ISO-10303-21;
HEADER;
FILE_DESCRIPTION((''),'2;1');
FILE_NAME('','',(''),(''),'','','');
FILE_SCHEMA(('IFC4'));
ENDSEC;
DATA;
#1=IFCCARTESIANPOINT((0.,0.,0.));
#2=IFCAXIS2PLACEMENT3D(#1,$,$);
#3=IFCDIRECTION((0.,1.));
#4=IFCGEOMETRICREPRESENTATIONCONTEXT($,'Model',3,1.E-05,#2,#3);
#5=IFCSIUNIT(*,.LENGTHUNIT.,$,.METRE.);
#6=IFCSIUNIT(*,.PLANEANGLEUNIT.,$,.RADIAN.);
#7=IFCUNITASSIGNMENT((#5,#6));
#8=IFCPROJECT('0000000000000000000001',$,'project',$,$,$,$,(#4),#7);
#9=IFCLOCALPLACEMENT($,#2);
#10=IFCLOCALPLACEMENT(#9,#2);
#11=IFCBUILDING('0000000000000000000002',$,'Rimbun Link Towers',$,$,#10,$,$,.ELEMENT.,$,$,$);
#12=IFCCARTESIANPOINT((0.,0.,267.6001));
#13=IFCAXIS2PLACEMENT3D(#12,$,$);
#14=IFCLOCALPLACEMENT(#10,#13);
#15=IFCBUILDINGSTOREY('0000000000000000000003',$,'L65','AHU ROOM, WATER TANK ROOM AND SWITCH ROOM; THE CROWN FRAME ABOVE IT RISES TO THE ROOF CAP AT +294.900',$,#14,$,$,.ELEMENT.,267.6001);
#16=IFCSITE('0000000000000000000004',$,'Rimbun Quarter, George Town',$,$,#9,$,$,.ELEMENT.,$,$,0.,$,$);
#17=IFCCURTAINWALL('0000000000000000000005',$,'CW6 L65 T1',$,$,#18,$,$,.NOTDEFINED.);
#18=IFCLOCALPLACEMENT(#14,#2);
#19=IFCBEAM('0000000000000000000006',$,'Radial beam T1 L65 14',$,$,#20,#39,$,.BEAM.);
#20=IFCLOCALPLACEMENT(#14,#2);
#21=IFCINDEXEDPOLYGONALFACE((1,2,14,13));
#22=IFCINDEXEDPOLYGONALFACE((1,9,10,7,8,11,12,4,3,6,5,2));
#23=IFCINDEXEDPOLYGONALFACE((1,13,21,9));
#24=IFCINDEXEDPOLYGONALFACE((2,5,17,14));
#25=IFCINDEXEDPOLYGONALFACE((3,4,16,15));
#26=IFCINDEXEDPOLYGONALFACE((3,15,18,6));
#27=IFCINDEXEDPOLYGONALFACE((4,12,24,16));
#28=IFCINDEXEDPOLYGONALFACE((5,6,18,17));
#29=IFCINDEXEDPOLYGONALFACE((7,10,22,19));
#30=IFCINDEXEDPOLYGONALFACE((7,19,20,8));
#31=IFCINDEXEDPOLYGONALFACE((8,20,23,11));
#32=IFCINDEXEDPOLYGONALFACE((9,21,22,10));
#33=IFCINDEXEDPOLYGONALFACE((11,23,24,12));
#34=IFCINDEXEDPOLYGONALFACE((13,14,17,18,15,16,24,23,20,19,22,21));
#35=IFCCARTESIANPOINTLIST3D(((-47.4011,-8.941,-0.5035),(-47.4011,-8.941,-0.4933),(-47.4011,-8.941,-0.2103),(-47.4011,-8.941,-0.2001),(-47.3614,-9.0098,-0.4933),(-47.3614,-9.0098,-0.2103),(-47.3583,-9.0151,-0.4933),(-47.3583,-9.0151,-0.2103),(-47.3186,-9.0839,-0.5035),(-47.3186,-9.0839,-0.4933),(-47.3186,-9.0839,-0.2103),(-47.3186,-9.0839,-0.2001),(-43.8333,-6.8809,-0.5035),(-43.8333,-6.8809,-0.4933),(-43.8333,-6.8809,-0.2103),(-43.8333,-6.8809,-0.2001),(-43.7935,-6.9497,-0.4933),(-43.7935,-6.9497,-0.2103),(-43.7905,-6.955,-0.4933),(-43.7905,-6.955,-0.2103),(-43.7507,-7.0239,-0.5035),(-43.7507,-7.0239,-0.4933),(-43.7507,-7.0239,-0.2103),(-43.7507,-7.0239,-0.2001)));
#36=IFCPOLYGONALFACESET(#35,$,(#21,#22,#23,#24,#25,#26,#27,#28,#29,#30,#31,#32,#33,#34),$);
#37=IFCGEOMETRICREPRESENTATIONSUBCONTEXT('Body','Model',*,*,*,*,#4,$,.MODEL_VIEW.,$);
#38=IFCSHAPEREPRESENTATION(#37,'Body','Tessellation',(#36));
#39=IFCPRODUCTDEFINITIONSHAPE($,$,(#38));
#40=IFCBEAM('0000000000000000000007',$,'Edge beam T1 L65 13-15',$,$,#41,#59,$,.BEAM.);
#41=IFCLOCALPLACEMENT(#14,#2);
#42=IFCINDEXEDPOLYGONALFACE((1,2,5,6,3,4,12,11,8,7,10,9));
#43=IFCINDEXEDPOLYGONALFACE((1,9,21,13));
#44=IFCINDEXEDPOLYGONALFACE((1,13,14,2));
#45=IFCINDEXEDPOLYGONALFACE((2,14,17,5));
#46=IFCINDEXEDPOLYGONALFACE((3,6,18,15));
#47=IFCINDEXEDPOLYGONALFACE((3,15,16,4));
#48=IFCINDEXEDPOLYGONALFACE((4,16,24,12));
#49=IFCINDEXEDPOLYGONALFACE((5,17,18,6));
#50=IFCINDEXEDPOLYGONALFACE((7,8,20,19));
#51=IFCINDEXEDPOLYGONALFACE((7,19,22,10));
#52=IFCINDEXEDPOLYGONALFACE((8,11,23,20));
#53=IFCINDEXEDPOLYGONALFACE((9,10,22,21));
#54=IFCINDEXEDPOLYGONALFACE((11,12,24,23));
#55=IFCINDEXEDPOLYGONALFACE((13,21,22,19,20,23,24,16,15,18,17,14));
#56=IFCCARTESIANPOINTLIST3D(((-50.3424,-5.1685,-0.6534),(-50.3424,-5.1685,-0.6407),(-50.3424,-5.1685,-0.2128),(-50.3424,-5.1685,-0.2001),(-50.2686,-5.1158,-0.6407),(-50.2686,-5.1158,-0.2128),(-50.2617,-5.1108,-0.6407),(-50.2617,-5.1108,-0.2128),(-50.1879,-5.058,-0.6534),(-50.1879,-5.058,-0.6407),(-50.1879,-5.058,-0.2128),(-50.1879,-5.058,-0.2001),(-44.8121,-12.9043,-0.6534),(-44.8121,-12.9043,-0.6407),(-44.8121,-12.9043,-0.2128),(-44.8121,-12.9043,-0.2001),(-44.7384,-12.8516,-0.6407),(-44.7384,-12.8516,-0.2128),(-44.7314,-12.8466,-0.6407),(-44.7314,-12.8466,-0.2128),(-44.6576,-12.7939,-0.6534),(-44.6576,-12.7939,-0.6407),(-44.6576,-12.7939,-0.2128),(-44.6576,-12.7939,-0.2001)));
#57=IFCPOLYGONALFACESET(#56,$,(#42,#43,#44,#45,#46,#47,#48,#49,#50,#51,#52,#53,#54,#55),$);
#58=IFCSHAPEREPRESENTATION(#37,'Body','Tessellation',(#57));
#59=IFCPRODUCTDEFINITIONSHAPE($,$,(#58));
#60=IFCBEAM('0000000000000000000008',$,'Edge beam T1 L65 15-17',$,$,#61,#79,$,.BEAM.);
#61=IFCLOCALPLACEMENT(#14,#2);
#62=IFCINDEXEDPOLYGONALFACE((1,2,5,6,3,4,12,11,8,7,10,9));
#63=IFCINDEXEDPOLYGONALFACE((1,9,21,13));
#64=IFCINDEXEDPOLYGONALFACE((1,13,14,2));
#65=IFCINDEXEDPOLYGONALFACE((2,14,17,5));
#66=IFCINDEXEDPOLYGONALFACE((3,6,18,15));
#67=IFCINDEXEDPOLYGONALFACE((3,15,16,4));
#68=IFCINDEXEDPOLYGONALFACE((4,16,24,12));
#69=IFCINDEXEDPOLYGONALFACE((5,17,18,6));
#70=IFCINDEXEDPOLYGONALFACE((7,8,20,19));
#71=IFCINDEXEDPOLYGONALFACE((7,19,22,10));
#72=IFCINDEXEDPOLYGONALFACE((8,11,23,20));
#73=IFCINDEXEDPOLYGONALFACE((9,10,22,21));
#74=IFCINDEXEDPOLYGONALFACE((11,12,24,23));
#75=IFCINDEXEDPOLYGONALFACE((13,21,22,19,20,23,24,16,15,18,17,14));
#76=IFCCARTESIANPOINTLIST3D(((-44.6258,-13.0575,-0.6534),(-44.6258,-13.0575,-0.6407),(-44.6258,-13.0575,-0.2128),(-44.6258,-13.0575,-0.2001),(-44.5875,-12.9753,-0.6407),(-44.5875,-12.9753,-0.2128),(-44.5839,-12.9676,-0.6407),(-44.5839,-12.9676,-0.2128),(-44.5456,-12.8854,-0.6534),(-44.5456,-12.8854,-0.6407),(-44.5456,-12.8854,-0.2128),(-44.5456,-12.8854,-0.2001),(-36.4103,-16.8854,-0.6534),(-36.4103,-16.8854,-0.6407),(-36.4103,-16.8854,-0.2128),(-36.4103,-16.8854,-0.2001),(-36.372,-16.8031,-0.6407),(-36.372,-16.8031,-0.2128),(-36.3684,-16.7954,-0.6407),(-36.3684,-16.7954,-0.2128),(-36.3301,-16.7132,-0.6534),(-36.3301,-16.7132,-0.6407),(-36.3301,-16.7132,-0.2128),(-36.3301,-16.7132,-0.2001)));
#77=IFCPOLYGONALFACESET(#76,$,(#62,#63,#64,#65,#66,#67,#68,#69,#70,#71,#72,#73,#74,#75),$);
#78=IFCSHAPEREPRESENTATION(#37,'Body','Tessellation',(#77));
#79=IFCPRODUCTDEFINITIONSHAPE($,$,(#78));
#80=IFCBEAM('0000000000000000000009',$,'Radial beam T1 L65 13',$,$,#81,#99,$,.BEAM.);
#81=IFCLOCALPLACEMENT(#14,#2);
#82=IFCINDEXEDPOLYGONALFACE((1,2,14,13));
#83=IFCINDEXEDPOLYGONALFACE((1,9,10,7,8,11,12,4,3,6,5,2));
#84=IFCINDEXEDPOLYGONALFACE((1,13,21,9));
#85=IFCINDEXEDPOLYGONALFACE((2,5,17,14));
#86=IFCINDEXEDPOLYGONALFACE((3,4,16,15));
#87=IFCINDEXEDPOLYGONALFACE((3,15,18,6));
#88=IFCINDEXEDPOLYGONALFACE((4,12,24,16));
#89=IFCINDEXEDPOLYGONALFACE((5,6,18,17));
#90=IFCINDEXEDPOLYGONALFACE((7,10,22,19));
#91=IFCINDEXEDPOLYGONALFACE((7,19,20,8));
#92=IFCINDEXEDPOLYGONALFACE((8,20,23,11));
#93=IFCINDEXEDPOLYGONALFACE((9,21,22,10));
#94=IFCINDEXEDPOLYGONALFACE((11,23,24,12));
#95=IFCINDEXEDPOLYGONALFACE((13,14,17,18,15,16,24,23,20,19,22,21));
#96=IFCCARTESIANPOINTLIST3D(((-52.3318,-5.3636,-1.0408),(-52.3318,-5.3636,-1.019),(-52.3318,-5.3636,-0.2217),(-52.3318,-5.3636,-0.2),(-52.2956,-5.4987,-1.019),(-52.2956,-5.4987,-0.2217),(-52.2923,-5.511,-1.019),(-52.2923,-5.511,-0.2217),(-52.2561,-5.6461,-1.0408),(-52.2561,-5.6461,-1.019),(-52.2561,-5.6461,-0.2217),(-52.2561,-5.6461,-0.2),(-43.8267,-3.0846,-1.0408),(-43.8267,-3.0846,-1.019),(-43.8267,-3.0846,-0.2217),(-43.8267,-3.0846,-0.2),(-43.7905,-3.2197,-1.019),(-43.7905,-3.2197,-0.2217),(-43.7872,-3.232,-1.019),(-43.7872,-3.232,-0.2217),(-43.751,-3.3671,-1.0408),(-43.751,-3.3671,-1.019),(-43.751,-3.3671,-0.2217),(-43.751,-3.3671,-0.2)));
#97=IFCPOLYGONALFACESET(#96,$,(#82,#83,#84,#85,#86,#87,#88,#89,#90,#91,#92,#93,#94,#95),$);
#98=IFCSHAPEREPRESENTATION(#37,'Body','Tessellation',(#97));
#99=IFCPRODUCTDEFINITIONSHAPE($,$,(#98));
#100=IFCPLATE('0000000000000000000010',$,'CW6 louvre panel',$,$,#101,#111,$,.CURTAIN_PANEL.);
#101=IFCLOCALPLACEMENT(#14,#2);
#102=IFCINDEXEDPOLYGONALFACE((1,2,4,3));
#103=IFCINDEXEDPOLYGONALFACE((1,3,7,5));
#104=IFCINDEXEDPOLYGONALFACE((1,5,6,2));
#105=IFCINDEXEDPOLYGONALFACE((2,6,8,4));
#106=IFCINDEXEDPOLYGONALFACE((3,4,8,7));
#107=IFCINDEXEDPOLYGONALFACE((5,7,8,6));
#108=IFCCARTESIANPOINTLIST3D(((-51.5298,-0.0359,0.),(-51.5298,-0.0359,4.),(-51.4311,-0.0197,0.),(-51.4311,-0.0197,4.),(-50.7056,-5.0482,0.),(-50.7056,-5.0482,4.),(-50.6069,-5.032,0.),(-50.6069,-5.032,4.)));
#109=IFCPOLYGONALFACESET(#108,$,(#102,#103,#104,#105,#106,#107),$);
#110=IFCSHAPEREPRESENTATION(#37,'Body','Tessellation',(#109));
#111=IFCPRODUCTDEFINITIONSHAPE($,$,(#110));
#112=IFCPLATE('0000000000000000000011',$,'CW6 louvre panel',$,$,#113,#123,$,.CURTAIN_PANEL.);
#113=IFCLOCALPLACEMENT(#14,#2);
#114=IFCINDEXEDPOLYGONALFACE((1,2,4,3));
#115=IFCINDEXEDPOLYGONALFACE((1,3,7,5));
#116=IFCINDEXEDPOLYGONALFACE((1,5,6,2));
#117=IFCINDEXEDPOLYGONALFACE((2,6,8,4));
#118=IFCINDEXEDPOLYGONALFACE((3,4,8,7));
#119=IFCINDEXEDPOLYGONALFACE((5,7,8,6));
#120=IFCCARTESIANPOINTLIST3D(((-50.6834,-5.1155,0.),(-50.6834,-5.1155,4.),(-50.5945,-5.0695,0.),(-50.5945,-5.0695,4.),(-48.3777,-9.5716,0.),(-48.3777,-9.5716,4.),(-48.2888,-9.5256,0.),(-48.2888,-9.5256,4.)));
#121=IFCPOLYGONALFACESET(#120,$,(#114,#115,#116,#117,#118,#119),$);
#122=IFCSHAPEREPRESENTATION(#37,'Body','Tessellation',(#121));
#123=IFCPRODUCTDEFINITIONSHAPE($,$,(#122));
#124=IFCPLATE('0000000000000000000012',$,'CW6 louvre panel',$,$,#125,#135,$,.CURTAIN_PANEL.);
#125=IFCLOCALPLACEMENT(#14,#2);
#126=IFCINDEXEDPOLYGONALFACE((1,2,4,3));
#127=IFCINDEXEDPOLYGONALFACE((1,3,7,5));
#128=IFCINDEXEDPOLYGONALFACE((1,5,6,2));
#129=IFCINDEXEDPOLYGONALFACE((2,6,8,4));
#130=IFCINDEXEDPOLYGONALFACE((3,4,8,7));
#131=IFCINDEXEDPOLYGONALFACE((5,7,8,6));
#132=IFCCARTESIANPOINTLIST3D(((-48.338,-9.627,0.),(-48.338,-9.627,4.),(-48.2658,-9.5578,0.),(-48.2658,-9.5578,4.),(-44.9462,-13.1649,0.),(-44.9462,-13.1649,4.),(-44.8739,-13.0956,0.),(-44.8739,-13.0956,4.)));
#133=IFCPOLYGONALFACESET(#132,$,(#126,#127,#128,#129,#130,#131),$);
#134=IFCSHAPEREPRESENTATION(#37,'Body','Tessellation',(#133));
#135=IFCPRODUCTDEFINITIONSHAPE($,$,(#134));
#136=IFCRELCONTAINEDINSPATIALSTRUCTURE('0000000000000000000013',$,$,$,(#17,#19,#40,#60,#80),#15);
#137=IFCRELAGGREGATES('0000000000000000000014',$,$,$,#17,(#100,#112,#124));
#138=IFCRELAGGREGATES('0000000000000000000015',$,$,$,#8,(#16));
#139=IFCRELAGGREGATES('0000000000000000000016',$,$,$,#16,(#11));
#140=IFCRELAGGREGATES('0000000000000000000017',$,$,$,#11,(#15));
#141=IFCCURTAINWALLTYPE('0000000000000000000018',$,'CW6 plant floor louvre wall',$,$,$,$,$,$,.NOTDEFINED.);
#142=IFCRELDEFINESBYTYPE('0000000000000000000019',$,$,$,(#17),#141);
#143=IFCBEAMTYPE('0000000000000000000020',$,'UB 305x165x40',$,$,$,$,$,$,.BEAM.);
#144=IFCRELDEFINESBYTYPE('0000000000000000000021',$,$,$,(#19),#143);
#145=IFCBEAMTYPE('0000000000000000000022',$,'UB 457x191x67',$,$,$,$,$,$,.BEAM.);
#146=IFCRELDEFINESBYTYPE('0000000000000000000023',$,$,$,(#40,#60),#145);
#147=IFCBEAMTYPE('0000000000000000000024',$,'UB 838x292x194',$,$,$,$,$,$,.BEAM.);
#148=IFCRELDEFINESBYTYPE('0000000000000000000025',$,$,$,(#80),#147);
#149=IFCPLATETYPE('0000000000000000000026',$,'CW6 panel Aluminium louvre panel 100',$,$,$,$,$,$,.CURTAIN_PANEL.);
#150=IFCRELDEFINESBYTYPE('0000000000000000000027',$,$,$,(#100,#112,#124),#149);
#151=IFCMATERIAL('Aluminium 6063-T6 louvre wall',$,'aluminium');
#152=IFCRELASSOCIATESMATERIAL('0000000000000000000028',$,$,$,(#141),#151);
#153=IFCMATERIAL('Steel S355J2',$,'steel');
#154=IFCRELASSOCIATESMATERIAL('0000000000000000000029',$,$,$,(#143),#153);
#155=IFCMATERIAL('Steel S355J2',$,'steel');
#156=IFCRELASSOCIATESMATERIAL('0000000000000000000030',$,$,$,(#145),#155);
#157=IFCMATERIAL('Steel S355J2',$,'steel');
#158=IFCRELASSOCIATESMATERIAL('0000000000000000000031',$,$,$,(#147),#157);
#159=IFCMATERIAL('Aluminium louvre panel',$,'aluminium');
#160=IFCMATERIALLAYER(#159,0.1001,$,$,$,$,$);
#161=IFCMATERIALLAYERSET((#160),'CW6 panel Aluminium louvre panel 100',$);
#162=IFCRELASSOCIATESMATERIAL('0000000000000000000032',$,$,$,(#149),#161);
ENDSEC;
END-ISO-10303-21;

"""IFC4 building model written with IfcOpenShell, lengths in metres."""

from ifc_helpers import new_model, si_unit, direction, frame, origin, origin_2d, place, context, subcontext, project, spatial, rectangle, i_section, extrude, material, layer, layer_set, material_profile, profile_set, type_object, element, aggregate, save


model = new_model("IFC4")

# Units and contexts
model_context = context("Model", 3, precision=1e-05, world=origin(), true_north=direction((0.0, 1.0)))
body_context = subcontext(model_context, "Body", "Model", "MODEL_VIEW")
ifc_project = project(units=[si_unit("LENGTHUNIT", "METRE"), si_unit("PLANEANGLEUNIT", "RADIAN")], contexts=[model_context])

# Site, building, storey
site_placement = place(None, origin())
site = spatial("IfcSite", under=ifc_project, at=site_placement, Name="Rimbun Quarter, George Town", CompositionType="ELEMENT", RefElevation=0.0)
building_placement = place(site_placement, origin())
building = spatial("IfcBuilding", under=site, at=building_placement, Name="Rimbun Link Towers", CompositionType="ELEMENT")
storey_placement = place(building_placement, frame((0.0, 0.0, 267.6001)))
storey = spatial("IfcBuildingStorey", under=building, at=storey_placement, Name="L65", Description="AHU ROOM, WATER TANK ROOM AND SWITCH ROOM; THE CROWN FRAME ABOVE IT RISES TO THE ROOF CAP AT +294.900", CompositionType="ELEMENT", Elevation=267.6001)

# Curtain wall
ifc_material_1 = material(Name="Aluminium 6063-T6 louvre wall", Category="aluminium")
curtain_wall_type = type_object("IfcCurtainWallType", Name="CW6 plant floor louvre wall", PredefinedType="NOTDEFINED", material=ifc_material_1)
curtain_wall_placement = place(storey_placement, origin())
curtain_wall = element("IfcCurtainWall", 1, at=curtain_wall_placement, inside=storey, type_object=curtain_wall_type, Name="CW6 L65 T1", PredefinedType="NOTDEFINED")

# Beams
ifc_material_2 = material(Name="Steel S355J2", Category="steel")
ifc_material_profile_1 = material_profile(ifc_material_2, i_section(OverallWidth=0.165, OverallDepth=0.3035, WebThickness=0.0061, FlangeThickness=0.0103, at=origin_2d()), Name="UB 305x165x40")
ifc_profile_set_1 = profile_set([ifc_material_profile_1], Name="Steel S355J2")
beam_type_1 = type_object("IfcBeamType", Name="UB 305x165x40", PredefinedType="BEAM", material=ifc_profile_set_1)
beam_1_placement = place(storey_placement, frame((-43.792, -6.9524, -0.3518), z_axis=(-0.86601, -0.500027, 0.0), x_axis=(0.500027, -0.86601, 0.0)))
element("IfcBeam", 2, at=beam_1_placement, inside=storey, type_object=beam_type_1, Name="Radial beam T1 L65 14", PredefinedType="BEAM", context=body_context, shape_type="SweptSolid", body=[
    extrude(i_section(OverallWidth=0.165, OverallDepth=0.3035, WebThickness=0.0061, FlangeThickness=0.0103, at=origin_2d()), origin(), (0.0, 0.0, 1.0), 4.1199),
])
ifc_material_3 = material(Name="Steel S355J2", Category="steel")
ifc_material_profile_2 = material_profile(ifc_material_3, i_section(OverallWidth=0.1899, OverallDepth=0.4534, WebThickness=0.0085, FlangeThickness=0.0127, at=origin_2d()), Name="UB 457x191x67")
ifc_profile_set_2 = profile_set([ifc_material_profile_2], Name="Steel S355J2")
beam_type_2 = type_object("IfcBeamType", Name="UB 457x191x67", PredefinedType="BEAM", material=ifc_profile_set_2)
beam_2_placement = place(storey_placement, frame((-50.2651, -5.1133, -0.4268), z_axis=(0.581564, -0.813501, 0.0), x_axis=(0.813501, 0.581564, 0.0)))
element("IfcBeam", 3, at=beam_2_placement, inside=storey, type_object=beam_type_2, Name="Edge beam T1 L65 13-15", PredefinedType="BEAM", context=body_context, shape_type="SweptSolid", body=[
    extrude(i_section(OverallWidth=0.1899, OverallDepth=0.4534, WebThickness=0.0085, FlangeThickness=0.0127, at=origin_2d()), origin(), (0.0, 0.0, 1.0), 9.5093),
])
beam_3_placement = place(storey_placement, frame((-44.5857, -12.9714, -0.4268), z_axis=(0.906439, -0.422337, 0.0), x_axis=(0.422337, 0.906439, 0.0)))
element("IfcBeam", 4, at=beam_3_placement, inside=storey, type_object=beam_type_2, Name="Edge beam T1 L65 15-17", PredefinedType="BEAM", context=body_context, shape_type="SweptSolid", body=[
    extrude(i_section(OverallWidth=0.1899, OverallDepth=0.4534, WebThickness=0.0085, FlangeThickness=0.0127, at=origin_2d()), origin(), (0.0, 0.0, 1.0), 9.0635),
])
ifc_material_4 = material(Name="Steel S355J2", Category="steel")
ifc_material_profile_3 = material_profile(ifc_material_4, i_section(OverallWidth=0.2925, OverallDepth=0.8408, WebThickness=0.0127, FlangeThickness=0.0217, at=origin_2d()), Name="UB 838x292x194")
ifc_profile_set_3 = profile_set([ifc_material_profile_3], Name="Steel S355J2")
beam_type_3 = type_object("IfcBeamType", Name="UB 838x292x194", PredefinedType="BEAM", material=ifc_profile_set_3)
beam_4_placement = place(storey_placement, frame((-43.7888, -3.2258, -0.6204), z_axis=(-0.965923, -0.258831, 0.0), x_axis=(0.258831, -0.965923, 0.0)))
element("IfcBeam", 5, at=beam_4_placement, inside=storey, type_object=beam_type_3, Name="Radial beam T1 L65 13", PredefinedType="BEAM", context=body_context, shape_type="SweptSolid", body=[
    extrude(i_section(OverallWidth=0.2925, OverallDepth=0.8408, WebThickness=0.0127, FlangeThickness=0.0217, at=origin_2d()), origin(), (0.0, 0.0, 1.0), 8.8052),
])

# Plates
ifc_material_5 = material(Name="Aluminium louvre panel", Category="aluminium")
ifc_layer_1 = layer(ifc_material_5, 0.1001)
ifc_layer_set_1 = layer_set([ifc_layer_1], Name="CW6 panel Aluminium louvre panel 100")
plate_type = type_object("IfcPlateType", Name="CW6 panel Aluminium louvre panel 100", PredefinedType="CURTAIN_PANEL", material=ifc_layer_set_1)
plate_1_placement = place(storey_placement, frame((-51.0684, -2.5339, 0.0), z_axis=(0.0, 0.0, 1.0), x_axis=(-0.162257, 0.986748, 0.0)))
plate_1 = element("IfcPlate", 6, at=plate_1_placement, type_object=plate_type, Name="CW6 louvre panel", PredefinedType="CURTAIN_PANEL", context=body_context, shape_type="SweptSolid", body=[
    extrude(rectangle(XDim=5.0796, YDim=0.1001, at=origin_2d()), origin(), (0.0, 0.0, 1.0), 4.0),
])
plate_2_placement = place(storey_placement, frame((-49.4861, -7.3206, 0.0), z_axis=(0.0, 0.0, 1.0), x_axis=(-0.459557, 0.888148, 0.0)))
plate_2 = element("IfcPlate", 7, at=plate_2_placement, type_object=plate_type, Name="CW6 louvre panel", PredefinedType="CURTAIN_PANEL", context=body_context, shape_type="SweptSolid", body=[
    extrude(rectangle(XDim=5.0173, YDim=0.1001, at=origin_2d()), origin(), (0.0, 0.0, 1.0), 4.0),
])
plate_3_placement = place(storey_placement, frame((-46.606, -11.3613, 0.0), z_axis=(0.0, 0.0, 1.0), x_axis=(-0.692054, 0.721845, 0.0)))
plate_3 = element("IfcPlate", 8, at=plate_3_placement, type_object=plate_type, Name="CW6 louvre panel", PredefinedType="CURTAIN_PANEL", context=body_context, shape_type="SweptSolid", body=[
    extrude(rectangle(XDim=4.9011, YDim=0.1001, at=origin_2d()), origin(), (0.0, 0.0, 1.0), 4.0),
])
aggregate(curtain_wall, [plate_1, plate_2, plate_3])

save(model, "model.ifc")
